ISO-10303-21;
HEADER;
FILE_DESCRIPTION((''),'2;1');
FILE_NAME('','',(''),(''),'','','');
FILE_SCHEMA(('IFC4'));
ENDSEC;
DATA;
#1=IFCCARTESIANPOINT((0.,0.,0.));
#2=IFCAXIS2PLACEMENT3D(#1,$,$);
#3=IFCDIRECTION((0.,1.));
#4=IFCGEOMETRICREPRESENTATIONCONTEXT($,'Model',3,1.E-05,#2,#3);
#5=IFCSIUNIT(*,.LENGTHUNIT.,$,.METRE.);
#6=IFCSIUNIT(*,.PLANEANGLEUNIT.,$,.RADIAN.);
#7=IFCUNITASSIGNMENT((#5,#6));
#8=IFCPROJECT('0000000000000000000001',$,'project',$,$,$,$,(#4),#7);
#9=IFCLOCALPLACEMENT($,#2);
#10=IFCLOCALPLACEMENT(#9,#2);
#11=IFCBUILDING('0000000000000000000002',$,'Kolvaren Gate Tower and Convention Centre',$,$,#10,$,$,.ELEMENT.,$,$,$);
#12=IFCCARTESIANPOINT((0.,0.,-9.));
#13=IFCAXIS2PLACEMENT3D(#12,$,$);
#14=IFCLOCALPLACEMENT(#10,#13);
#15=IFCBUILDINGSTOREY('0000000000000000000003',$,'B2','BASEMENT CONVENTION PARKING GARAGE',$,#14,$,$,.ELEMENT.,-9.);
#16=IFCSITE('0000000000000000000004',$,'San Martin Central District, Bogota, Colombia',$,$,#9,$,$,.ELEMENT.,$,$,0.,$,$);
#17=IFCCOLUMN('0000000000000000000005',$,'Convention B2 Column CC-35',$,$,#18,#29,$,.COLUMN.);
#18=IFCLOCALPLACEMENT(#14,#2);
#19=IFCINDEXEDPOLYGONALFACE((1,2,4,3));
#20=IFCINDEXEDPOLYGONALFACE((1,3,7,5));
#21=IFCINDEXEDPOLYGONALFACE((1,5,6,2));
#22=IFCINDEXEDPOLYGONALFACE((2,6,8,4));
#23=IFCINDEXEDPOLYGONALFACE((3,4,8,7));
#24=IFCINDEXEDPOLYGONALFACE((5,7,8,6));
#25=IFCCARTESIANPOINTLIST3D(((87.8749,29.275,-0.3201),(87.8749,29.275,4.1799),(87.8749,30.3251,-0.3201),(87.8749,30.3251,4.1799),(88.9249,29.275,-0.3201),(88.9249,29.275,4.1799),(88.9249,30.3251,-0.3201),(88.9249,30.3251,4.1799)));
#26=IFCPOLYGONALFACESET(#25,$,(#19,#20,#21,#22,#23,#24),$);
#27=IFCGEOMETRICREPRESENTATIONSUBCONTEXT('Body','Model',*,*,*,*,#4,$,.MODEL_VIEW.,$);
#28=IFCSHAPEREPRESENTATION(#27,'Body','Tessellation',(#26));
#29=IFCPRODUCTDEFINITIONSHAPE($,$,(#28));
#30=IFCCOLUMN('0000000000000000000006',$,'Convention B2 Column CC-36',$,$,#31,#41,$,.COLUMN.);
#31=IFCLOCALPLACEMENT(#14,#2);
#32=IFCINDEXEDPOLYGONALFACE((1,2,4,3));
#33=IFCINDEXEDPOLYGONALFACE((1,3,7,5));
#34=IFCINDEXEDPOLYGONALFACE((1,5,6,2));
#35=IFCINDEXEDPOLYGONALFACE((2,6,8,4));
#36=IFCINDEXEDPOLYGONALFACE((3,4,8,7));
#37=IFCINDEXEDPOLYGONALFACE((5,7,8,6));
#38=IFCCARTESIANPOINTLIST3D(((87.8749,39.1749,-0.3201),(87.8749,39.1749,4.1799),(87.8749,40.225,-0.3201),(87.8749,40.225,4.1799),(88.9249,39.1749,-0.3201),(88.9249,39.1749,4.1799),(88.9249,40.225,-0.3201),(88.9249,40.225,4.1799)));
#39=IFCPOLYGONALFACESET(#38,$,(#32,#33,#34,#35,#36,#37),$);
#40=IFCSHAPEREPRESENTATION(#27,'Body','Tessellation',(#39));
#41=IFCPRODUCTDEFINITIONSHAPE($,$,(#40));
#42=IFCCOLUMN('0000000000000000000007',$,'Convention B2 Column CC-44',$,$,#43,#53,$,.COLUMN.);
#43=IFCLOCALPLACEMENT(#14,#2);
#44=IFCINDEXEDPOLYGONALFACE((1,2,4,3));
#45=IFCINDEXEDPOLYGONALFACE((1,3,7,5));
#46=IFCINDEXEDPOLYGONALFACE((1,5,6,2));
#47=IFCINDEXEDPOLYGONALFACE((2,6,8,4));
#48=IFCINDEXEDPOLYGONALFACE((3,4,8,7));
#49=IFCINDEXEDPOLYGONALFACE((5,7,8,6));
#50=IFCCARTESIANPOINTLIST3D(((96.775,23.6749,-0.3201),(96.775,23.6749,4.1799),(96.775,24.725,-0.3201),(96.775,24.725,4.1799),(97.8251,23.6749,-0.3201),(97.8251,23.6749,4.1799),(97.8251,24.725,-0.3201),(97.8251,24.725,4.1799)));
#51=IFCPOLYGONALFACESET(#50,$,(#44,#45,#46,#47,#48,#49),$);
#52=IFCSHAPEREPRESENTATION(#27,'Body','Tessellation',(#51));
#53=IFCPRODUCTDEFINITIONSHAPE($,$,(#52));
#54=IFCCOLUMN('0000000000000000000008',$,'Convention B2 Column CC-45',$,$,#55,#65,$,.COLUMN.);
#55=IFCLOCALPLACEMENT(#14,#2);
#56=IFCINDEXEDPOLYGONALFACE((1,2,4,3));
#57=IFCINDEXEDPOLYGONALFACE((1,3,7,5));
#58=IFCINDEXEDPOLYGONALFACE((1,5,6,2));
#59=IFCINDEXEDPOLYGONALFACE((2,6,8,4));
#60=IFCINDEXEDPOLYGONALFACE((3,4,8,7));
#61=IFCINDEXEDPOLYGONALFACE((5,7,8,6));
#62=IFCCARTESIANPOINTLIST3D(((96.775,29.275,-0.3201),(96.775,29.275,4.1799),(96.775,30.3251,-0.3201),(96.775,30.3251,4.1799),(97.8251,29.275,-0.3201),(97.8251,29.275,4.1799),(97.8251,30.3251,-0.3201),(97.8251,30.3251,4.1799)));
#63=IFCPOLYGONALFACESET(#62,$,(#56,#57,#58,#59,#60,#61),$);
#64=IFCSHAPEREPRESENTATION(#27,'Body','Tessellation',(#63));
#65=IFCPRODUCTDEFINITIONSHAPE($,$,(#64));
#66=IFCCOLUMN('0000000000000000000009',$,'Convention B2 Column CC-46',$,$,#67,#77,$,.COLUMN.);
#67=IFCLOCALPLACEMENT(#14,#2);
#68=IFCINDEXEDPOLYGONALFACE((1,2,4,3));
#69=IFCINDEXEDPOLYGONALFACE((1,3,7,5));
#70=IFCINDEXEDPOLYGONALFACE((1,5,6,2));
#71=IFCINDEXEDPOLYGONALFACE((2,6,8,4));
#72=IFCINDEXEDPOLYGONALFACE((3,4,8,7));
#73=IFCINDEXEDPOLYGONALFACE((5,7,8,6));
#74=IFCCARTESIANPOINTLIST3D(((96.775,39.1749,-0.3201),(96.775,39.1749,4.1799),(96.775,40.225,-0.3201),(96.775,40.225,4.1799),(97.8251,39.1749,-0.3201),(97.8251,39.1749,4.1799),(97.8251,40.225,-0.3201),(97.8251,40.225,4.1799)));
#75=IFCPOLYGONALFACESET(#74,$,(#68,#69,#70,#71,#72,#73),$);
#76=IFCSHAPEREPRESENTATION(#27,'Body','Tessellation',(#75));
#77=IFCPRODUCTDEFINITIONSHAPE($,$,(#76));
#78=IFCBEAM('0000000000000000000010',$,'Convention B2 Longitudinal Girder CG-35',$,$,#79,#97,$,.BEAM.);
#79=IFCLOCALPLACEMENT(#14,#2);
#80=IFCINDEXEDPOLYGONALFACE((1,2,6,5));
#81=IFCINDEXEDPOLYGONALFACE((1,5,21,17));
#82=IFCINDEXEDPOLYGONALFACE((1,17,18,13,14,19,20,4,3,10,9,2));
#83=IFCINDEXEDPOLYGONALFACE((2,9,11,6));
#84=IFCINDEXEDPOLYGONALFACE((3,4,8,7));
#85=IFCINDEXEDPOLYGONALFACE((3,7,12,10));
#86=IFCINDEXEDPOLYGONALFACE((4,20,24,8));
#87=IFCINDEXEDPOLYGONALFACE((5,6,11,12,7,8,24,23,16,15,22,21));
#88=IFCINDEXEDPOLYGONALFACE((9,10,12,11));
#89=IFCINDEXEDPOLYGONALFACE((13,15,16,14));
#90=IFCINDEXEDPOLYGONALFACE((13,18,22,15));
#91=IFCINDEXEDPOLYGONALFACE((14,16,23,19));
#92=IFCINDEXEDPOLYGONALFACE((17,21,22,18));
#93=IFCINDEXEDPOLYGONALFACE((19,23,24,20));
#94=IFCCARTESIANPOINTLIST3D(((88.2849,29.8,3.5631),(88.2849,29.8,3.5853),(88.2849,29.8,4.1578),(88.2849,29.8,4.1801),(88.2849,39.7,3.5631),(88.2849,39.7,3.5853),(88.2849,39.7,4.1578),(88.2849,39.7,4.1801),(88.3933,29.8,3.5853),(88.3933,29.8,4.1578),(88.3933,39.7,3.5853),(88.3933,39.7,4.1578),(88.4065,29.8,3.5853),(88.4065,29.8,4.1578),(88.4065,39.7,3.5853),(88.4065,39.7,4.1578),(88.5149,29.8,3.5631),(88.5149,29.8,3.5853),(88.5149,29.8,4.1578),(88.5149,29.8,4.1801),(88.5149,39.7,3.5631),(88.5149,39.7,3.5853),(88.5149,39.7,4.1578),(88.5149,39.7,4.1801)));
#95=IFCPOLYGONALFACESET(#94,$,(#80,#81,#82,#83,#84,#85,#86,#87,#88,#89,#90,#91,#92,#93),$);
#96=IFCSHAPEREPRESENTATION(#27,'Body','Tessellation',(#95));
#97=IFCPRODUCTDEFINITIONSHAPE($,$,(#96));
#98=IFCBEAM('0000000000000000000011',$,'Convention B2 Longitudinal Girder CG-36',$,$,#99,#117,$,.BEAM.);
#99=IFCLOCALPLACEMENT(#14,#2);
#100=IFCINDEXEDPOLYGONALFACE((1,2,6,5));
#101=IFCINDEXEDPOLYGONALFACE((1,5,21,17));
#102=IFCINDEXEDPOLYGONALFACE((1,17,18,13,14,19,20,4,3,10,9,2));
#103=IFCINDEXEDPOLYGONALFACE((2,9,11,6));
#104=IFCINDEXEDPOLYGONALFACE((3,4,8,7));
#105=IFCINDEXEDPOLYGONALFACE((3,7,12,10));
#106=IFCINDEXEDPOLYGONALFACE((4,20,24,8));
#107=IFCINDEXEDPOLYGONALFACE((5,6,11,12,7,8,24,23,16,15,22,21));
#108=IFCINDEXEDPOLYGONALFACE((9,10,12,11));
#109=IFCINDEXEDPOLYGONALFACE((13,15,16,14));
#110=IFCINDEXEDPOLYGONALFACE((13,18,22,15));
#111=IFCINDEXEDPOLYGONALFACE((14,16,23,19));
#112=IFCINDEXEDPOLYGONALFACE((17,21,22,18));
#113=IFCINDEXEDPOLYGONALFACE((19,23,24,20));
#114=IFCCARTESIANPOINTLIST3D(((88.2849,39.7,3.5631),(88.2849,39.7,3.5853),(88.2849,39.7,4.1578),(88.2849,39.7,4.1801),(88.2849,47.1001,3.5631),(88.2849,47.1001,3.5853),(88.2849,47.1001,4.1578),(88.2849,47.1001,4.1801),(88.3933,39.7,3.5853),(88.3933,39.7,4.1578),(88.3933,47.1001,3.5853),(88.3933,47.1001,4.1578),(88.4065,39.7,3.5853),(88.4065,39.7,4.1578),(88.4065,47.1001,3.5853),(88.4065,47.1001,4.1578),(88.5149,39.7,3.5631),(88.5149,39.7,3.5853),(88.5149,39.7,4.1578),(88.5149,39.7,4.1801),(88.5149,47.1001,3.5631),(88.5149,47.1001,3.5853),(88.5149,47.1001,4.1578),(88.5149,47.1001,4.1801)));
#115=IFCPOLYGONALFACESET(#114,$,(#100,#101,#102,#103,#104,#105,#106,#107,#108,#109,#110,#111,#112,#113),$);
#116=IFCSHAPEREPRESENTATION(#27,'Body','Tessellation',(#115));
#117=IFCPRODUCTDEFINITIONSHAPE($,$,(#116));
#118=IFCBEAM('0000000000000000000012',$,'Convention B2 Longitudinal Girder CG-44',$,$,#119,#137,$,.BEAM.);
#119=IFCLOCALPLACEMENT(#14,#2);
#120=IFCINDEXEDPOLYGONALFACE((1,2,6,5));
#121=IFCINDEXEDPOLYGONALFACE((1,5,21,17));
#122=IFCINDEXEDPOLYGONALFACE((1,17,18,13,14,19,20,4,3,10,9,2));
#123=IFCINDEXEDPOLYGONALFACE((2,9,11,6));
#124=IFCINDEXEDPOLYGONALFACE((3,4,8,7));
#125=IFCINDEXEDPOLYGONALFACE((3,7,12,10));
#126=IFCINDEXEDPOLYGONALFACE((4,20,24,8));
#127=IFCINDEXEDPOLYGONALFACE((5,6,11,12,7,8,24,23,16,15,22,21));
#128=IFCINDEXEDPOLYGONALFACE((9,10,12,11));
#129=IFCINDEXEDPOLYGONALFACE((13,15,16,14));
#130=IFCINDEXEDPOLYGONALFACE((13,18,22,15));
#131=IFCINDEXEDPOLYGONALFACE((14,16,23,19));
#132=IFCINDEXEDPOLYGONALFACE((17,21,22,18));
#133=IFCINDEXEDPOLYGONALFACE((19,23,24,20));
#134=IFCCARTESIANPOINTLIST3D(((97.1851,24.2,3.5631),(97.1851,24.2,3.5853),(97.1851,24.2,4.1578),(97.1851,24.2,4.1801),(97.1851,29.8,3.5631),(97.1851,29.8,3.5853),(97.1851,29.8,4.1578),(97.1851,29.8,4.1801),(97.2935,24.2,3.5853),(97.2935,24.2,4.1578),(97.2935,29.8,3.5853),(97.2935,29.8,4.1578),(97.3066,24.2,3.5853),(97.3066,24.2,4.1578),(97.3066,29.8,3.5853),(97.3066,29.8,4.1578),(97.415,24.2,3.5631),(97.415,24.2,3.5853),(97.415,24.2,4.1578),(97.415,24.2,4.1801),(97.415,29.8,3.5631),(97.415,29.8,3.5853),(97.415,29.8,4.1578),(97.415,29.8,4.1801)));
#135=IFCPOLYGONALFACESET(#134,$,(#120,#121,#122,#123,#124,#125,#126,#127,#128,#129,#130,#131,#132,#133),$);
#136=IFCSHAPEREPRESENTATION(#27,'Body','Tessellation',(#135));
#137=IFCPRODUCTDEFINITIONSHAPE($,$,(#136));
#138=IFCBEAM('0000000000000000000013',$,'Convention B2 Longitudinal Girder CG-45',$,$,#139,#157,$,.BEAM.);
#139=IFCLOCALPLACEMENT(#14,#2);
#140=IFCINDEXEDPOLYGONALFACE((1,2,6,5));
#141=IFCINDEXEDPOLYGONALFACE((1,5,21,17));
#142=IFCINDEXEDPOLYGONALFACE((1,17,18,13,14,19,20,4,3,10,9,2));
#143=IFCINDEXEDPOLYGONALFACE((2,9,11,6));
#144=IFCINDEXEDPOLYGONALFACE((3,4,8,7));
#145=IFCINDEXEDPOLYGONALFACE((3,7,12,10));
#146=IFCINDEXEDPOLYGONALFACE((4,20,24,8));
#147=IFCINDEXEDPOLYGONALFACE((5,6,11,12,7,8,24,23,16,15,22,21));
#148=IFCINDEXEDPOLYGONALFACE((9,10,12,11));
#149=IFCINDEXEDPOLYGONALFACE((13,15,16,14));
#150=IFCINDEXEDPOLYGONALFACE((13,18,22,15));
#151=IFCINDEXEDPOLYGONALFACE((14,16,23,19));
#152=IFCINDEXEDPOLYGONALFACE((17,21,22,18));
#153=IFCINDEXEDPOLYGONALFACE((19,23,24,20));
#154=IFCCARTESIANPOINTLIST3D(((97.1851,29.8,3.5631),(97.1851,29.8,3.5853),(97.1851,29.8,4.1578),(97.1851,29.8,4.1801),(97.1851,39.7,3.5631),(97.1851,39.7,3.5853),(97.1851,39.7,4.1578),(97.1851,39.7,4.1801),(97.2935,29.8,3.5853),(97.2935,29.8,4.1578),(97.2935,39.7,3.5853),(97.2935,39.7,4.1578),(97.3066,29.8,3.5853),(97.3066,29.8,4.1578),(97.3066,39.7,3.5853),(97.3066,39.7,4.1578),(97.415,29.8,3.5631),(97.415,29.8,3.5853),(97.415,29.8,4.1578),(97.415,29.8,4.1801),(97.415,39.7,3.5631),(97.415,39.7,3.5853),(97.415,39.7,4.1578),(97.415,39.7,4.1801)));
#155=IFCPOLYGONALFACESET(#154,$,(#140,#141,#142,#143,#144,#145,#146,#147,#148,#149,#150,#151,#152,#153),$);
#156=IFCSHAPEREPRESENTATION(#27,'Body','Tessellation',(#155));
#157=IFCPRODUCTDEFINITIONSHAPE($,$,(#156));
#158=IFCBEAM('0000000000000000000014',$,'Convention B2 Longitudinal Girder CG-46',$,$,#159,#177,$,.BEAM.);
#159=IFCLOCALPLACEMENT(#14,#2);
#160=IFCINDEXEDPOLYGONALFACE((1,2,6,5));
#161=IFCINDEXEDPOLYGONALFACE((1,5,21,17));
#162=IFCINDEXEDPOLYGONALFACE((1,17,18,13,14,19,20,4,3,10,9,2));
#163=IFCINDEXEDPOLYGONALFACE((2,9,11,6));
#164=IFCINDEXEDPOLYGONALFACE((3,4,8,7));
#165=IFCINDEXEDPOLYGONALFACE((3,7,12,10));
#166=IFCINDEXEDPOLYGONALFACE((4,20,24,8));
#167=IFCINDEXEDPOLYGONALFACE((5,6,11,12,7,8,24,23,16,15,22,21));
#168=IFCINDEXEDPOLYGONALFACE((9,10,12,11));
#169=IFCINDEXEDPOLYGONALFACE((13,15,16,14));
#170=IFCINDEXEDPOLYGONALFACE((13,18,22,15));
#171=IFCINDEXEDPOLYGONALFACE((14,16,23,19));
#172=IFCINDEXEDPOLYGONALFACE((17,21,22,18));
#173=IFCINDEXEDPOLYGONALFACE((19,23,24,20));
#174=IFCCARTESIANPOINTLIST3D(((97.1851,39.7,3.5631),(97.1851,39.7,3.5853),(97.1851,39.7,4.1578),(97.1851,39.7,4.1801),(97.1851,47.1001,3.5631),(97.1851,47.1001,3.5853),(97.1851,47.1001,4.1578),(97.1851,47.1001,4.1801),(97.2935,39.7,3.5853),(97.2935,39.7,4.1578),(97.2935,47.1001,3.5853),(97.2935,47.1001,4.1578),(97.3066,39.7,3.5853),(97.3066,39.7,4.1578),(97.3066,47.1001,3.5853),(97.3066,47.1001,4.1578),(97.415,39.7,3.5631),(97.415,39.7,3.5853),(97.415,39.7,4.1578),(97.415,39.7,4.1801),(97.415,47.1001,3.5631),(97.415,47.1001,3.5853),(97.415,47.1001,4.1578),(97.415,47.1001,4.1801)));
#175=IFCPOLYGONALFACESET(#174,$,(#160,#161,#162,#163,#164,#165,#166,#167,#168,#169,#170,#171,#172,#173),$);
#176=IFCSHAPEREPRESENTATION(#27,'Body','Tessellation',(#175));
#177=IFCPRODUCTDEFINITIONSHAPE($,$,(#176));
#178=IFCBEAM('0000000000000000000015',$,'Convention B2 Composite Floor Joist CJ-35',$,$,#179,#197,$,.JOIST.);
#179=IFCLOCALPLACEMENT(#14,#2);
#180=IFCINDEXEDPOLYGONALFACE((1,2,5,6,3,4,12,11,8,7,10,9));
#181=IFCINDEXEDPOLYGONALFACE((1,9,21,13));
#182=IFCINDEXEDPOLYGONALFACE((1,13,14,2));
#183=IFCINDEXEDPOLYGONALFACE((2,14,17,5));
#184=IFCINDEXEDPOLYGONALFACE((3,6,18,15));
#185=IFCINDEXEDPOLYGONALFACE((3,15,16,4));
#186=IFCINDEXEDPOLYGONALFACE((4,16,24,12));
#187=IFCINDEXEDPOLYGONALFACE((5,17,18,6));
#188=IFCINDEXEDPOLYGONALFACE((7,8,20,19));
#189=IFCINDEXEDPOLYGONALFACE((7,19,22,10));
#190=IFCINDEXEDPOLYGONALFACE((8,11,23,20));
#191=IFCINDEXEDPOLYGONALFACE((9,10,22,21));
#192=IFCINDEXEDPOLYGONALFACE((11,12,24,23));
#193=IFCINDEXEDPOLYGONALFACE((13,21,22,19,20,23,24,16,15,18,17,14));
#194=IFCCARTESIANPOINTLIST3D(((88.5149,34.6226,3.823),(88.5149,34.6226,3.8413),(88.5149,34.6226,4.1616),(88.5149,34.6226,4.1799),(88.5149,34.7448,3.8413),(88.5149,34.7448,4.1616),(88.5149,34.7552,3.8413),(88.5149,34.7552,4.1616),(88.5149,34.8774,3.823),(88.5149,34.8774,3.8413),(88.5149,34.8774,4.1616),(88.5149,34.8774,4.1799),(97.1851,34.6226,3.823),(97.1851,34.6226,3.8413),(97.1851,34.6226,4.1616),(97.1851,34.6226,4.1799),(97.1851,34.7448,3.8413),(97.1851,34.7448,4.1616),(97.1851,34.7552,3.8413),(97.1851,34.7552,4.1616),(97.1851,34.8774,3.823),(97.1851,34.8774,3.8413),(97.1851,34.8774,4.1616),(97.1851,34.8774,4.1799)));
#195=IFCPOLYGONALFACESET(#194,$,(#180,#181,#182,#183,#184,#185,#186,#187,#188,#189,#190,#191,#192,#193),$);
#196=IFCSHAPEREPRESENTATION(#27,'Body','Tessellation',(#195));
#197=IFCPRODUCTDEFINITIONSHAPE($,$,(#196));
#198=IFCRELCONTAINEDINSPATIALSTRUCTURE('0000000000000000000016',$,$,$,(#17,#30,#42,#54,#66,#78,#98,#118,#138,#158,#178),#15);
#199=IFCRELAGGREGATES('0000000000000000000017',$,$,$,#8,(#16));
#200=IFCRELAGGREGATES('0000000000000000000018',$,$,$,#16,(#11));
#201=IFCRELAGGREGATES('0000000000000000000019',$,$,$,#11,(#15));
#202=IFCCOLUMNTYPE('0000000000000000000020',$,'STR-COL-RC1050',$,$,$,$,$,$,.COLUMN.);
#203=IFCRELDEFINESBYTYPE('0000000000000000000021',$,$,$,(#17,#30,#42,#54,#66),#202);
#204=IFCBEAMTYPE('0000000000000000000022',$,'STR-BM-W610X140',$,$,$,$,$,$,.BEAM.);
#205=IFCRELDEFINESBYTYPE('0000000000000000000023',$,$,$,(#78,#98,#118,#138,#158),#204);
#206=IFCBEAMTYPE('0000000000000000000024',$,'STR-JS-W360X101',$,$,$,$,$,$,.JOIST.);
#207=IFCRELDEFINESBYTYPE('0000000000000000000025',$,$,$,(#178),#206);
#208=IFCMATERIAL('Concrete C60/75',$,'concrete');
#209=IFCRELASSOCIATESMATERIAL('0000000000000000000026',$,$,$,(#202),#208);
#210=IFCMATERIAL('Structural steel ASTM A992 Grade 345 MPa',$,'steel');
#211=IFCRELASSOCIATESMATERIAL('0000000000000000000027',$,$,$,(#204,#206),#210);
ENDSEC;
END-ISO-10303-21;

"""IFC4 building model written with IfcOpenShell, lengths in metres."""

from ifc_helpers import new_model, si_unit, direction, frame, origin, origin_2d, place, context, subcontext, project, spatial, rectangle, i_section, extrude, material, material_profile, profile_set, type_object, element, save


model = new_model("IFC4")

# Units and contexts
model_context = context("Model", 3, precision=1e-05, world=origin(), true_north=direction((0.0, 1.0)))
body_context = subcontext(model_context, "Body", "Model", "MODEL_VIEW")
ifc_project = project(units=[si_unit("LENGTHUNIT", "METRE"), si_unit("PLANEANGLEUNIT", "RADIAN")], contexts=[model_context])

# Site, building, storey
site_placement = place(None, origin())
site = spatial("IfcSite", under=ifc_project, at=site_placement, Name="San Martin Central District, Bogota, Colombia", CompositionType="ELEMENT", RefElevation=0.0)
building_placement = place(site_placement, origin())
building = spatial("IfcBuilding", under=site, at=building_placement, Name="Kolvaren Gate Tower and Convention Centre", CompositionType="ELEMENT")
storey_placement = place(building_placement, frame((0.0, 0.0, -9.0)))
storey = spatial("IfcBuildingStorey", under=building, at=storey_placement, Name="B2", Description="BASEMENT CONVENTION PARKING GARAGE", CompositionType="ELEMENT", Elevation=-9.0)

# Columns
ifc_material_1 = material(Name="Concrete C60/75", Category="concrete")
ifc_material_profile_1 = material_profile(ifc_material_1, rectangle(XDim=1.05, YDim=1.05, at=origin_2d()), Name="RC-COL-1050X1050")
ifc_profile_set_1 = profile_set([ifc_material_profile_1], Name="Concrete C60/75")
column_type = type_object("IfcColumnType", Name="STR-COL-RC1050", PredefinedType="COLUMN", material=ifc_profile_set_1)
for number, where, z_axis, x_axis, name in (
    (1, (88.3999, 29.8, -0.3201), (0.0, 0.0, 1.0), (1.0, 0.0, 0.0), "Convention B2 Column CC-35"),
    (2, (88.3999, 39.7, -0.3201), (0.0, 0.0, 1.0), (1.0, 0.0, 0.0), "Convention B2 Column CC-36"),
    (3, (97.3, 24.2, -0.3201), (0.0, 0.0, 1.0), (1.0, 0.0, 0.0), "Convention B2 Column CC-44"),
    (4, (97.3, 29.8, -0.3201), (0.0, 0.0, 1.0), (1.0, 0.0, 0.0), "Convention B2 Column CC-45"),
    (5, (97.3, 39.7, -0.3201), (0.0, 0.0, 1.0), (1.0, 0.0, 0.0), "Convention B2 Column CC-46"),
):
    element("IfcColumn", number, at=place(storey_placement, frame(where, z_axis=z_axis, x_axis=x_axis)), inside=storey, type_object=column_type, Name=name, PredefinedType="COLUMN", context=body_context, shape_type="SweptSolid", body=[
        extrude(rectangle(XDim=1.05, YDim=1.05, at=origin_2d()), origin(), (0.0, 0.0, 1.0), 4.5),
    ])

# Beams
ifc_material_2 = material(Name="Structural steel ASTM A992 Grade 345 MPa", Category="steel")
ifc_material_profile_2 = material_profile(ifc_material_2, i_section(OverallWidth=0.23, OverallDepth=0.6169, WebThickness=0.0132, FlangeThickness=0.0222, at=origin_2d()), Name="W610X140")
ifc_profile_set_2 = profile_set([ifc_material_profile_2], Name="Structural steel ASTM A992 Grade 345 MPa")
beam_type_1 = type_object("IfcBeamType", Name="STR-BM-W610X140", PredefinedType="BEAM", material=ifc_profile_set_2)
beam_1_placement = place(storey_placement, frame((88.3999, 29.8, 3.8716), z_axis=(0.0, 1.0, 0.0), x_axis=(-1.0, 0.0, 0.0)))
element("IfcBeam", 6, at=beam_1_placement, inside=storey, type_object=beam_type_1, Name="Convention B2 Longitudinal Girder CG-35", PredefinedType="BEAM", context=body_context, shape_type="SweptSolid", body=[
    extrude(i_section(OverallWidth=0.23, OverallDepth=0.6169, WebThickness=0.0132, FlangeThickness=0.0222, at=origin_2d()), origin(), (0.0, 0.0, 1.0), 9.8999),
])
beam_2_placement = place(storey_placement, frame((88.3999, 39.7, 3.8716), z_axis=(0.0, 1.0, 0.0), x_axis=(-1.0, 0.0, 0.0)))
element("IfcBeam", 7, at=beam_2_placement, inside=storey, type_object=beam_type_1, Name="Convention B2 Longitudinal Girder CG-36", PredefinedType="BEAM", context=body_context, shape_type="SweptSolid", body=[
    extrude(i_section(OverallWidth=0.23, OverallDepth=0.6169, WebThickness=0.0132, FlangeThickness=0.0222, at=origin_2d()), origin(), (0.0, 0.0, 1.0), 7.4001),
])
beam_3_placement = place(storey_placement, frame((97.3, 24.2, 3.8716), z_axis=(0.0, 1.0, 0.0), x_axis=(-1.0, 0.0, 0.0)))
element("IfcBeam", 8, at=beam_3_placement, inside=storey, type_object=beam_type_1, Name="Convention B2 Longitudinal Girder CG-44", PredefinedType="BEAM", context=body_context, shape_type="SweptSolid", body=[
    extrude(i_section(OverallWidth=0.23, OverallDepth=0.6169, WebThickness=0.0132, FlangeThickness=0.0222, at=origin_2d()), origin(), (0.0, 0.0, 1.0), 5.6001),
])
beam_4_placement = place(storey_placement, frame((97.3, 29.8, 3.8716), z_axis=(0.0, 1.0, 0.0), x_axis=(-1.0, 0.0, 0.0)))
element("IfcBeam", 9, at=beam_4_placement, inside=storey, type_object=beam_type_1, Name="Convention B2 Longitudinal Girder CG-45", PredefinedType="BEAM", context=body_context, shape_type="SweptSolid", body=[
    extrude(i_section(OverallWidth=0.23, OverallDepth=0.6169, WebThickness=0.0132, FlangeThickness=0.0222, at=origin_2d()), origin(), (0.0, 0.0, 1.0), 9.8999),
])
beam_5_placement = place(storey_placement, frame((97.3, 39.7, 3.8716), z_axis=(0.0, 1.0, 0.0), x_axis=(-1.0, 0.0, 0.0)))
element("IfcBeam", 10, at=beam_5_placement, inside=storey, type_object=beam_type_1, Name="Convention B2 Longitudinal Girder CG-46", PredefinedType="BEAM", context=body_context, shape_type="SweptSolid", body=[
    extrude(i_section(OverallWidth=0.23, OverallDepth=0.6169, WebThickness=0.0132, FlangeThickness=0.0222, at=origin_2d()), origin(), (0.0, 0.0, 1.0), 7.4001),
])
ifc_material_profile_3 = material_profile(ifc_material_2, i_section(OverallWidth=0.2549, OverallDepth=0.3569, WebThickness=0.0105, FlangeThickness=0.0183, at=origin_2d()), Name="W360X101")
ifc_profile_set_3 = profile_set([ifc_material_profile_3], Name="Structural steel ASTM A992 Grade 345 MPa")
beam_type_2 = type_object("IfcBeamType", Name="STR-JS-W360X101", PredefinedType="JOIST", material=ifc_profile_set_3)
beam_6_placement = place(storey_placement, frame((88.5149, 34.75, 4.0015), z_axis=(1.0, 0.0, 0.0), x_axis=(0.0, 1.0, 0.0)))
element("IfcBeam", 11, at=beam_6_placement, inside=storey, type_object=beam_type_2, Name="Convention B2 Composite Floor Joist CJ-35", PredefinedType="JOIST", context=body_context, shape_type="SweptSolid", body=[
    extrude(i_section(OverallWidth=0.2549, OverallDepth=0.3569, WebThickness=0.0105, FlangeThickness=0.0183, at=origin_2d()), origin(), (0.0, 0.0, 1.0), 8.6702),
])

save(model, "model.ifc")
